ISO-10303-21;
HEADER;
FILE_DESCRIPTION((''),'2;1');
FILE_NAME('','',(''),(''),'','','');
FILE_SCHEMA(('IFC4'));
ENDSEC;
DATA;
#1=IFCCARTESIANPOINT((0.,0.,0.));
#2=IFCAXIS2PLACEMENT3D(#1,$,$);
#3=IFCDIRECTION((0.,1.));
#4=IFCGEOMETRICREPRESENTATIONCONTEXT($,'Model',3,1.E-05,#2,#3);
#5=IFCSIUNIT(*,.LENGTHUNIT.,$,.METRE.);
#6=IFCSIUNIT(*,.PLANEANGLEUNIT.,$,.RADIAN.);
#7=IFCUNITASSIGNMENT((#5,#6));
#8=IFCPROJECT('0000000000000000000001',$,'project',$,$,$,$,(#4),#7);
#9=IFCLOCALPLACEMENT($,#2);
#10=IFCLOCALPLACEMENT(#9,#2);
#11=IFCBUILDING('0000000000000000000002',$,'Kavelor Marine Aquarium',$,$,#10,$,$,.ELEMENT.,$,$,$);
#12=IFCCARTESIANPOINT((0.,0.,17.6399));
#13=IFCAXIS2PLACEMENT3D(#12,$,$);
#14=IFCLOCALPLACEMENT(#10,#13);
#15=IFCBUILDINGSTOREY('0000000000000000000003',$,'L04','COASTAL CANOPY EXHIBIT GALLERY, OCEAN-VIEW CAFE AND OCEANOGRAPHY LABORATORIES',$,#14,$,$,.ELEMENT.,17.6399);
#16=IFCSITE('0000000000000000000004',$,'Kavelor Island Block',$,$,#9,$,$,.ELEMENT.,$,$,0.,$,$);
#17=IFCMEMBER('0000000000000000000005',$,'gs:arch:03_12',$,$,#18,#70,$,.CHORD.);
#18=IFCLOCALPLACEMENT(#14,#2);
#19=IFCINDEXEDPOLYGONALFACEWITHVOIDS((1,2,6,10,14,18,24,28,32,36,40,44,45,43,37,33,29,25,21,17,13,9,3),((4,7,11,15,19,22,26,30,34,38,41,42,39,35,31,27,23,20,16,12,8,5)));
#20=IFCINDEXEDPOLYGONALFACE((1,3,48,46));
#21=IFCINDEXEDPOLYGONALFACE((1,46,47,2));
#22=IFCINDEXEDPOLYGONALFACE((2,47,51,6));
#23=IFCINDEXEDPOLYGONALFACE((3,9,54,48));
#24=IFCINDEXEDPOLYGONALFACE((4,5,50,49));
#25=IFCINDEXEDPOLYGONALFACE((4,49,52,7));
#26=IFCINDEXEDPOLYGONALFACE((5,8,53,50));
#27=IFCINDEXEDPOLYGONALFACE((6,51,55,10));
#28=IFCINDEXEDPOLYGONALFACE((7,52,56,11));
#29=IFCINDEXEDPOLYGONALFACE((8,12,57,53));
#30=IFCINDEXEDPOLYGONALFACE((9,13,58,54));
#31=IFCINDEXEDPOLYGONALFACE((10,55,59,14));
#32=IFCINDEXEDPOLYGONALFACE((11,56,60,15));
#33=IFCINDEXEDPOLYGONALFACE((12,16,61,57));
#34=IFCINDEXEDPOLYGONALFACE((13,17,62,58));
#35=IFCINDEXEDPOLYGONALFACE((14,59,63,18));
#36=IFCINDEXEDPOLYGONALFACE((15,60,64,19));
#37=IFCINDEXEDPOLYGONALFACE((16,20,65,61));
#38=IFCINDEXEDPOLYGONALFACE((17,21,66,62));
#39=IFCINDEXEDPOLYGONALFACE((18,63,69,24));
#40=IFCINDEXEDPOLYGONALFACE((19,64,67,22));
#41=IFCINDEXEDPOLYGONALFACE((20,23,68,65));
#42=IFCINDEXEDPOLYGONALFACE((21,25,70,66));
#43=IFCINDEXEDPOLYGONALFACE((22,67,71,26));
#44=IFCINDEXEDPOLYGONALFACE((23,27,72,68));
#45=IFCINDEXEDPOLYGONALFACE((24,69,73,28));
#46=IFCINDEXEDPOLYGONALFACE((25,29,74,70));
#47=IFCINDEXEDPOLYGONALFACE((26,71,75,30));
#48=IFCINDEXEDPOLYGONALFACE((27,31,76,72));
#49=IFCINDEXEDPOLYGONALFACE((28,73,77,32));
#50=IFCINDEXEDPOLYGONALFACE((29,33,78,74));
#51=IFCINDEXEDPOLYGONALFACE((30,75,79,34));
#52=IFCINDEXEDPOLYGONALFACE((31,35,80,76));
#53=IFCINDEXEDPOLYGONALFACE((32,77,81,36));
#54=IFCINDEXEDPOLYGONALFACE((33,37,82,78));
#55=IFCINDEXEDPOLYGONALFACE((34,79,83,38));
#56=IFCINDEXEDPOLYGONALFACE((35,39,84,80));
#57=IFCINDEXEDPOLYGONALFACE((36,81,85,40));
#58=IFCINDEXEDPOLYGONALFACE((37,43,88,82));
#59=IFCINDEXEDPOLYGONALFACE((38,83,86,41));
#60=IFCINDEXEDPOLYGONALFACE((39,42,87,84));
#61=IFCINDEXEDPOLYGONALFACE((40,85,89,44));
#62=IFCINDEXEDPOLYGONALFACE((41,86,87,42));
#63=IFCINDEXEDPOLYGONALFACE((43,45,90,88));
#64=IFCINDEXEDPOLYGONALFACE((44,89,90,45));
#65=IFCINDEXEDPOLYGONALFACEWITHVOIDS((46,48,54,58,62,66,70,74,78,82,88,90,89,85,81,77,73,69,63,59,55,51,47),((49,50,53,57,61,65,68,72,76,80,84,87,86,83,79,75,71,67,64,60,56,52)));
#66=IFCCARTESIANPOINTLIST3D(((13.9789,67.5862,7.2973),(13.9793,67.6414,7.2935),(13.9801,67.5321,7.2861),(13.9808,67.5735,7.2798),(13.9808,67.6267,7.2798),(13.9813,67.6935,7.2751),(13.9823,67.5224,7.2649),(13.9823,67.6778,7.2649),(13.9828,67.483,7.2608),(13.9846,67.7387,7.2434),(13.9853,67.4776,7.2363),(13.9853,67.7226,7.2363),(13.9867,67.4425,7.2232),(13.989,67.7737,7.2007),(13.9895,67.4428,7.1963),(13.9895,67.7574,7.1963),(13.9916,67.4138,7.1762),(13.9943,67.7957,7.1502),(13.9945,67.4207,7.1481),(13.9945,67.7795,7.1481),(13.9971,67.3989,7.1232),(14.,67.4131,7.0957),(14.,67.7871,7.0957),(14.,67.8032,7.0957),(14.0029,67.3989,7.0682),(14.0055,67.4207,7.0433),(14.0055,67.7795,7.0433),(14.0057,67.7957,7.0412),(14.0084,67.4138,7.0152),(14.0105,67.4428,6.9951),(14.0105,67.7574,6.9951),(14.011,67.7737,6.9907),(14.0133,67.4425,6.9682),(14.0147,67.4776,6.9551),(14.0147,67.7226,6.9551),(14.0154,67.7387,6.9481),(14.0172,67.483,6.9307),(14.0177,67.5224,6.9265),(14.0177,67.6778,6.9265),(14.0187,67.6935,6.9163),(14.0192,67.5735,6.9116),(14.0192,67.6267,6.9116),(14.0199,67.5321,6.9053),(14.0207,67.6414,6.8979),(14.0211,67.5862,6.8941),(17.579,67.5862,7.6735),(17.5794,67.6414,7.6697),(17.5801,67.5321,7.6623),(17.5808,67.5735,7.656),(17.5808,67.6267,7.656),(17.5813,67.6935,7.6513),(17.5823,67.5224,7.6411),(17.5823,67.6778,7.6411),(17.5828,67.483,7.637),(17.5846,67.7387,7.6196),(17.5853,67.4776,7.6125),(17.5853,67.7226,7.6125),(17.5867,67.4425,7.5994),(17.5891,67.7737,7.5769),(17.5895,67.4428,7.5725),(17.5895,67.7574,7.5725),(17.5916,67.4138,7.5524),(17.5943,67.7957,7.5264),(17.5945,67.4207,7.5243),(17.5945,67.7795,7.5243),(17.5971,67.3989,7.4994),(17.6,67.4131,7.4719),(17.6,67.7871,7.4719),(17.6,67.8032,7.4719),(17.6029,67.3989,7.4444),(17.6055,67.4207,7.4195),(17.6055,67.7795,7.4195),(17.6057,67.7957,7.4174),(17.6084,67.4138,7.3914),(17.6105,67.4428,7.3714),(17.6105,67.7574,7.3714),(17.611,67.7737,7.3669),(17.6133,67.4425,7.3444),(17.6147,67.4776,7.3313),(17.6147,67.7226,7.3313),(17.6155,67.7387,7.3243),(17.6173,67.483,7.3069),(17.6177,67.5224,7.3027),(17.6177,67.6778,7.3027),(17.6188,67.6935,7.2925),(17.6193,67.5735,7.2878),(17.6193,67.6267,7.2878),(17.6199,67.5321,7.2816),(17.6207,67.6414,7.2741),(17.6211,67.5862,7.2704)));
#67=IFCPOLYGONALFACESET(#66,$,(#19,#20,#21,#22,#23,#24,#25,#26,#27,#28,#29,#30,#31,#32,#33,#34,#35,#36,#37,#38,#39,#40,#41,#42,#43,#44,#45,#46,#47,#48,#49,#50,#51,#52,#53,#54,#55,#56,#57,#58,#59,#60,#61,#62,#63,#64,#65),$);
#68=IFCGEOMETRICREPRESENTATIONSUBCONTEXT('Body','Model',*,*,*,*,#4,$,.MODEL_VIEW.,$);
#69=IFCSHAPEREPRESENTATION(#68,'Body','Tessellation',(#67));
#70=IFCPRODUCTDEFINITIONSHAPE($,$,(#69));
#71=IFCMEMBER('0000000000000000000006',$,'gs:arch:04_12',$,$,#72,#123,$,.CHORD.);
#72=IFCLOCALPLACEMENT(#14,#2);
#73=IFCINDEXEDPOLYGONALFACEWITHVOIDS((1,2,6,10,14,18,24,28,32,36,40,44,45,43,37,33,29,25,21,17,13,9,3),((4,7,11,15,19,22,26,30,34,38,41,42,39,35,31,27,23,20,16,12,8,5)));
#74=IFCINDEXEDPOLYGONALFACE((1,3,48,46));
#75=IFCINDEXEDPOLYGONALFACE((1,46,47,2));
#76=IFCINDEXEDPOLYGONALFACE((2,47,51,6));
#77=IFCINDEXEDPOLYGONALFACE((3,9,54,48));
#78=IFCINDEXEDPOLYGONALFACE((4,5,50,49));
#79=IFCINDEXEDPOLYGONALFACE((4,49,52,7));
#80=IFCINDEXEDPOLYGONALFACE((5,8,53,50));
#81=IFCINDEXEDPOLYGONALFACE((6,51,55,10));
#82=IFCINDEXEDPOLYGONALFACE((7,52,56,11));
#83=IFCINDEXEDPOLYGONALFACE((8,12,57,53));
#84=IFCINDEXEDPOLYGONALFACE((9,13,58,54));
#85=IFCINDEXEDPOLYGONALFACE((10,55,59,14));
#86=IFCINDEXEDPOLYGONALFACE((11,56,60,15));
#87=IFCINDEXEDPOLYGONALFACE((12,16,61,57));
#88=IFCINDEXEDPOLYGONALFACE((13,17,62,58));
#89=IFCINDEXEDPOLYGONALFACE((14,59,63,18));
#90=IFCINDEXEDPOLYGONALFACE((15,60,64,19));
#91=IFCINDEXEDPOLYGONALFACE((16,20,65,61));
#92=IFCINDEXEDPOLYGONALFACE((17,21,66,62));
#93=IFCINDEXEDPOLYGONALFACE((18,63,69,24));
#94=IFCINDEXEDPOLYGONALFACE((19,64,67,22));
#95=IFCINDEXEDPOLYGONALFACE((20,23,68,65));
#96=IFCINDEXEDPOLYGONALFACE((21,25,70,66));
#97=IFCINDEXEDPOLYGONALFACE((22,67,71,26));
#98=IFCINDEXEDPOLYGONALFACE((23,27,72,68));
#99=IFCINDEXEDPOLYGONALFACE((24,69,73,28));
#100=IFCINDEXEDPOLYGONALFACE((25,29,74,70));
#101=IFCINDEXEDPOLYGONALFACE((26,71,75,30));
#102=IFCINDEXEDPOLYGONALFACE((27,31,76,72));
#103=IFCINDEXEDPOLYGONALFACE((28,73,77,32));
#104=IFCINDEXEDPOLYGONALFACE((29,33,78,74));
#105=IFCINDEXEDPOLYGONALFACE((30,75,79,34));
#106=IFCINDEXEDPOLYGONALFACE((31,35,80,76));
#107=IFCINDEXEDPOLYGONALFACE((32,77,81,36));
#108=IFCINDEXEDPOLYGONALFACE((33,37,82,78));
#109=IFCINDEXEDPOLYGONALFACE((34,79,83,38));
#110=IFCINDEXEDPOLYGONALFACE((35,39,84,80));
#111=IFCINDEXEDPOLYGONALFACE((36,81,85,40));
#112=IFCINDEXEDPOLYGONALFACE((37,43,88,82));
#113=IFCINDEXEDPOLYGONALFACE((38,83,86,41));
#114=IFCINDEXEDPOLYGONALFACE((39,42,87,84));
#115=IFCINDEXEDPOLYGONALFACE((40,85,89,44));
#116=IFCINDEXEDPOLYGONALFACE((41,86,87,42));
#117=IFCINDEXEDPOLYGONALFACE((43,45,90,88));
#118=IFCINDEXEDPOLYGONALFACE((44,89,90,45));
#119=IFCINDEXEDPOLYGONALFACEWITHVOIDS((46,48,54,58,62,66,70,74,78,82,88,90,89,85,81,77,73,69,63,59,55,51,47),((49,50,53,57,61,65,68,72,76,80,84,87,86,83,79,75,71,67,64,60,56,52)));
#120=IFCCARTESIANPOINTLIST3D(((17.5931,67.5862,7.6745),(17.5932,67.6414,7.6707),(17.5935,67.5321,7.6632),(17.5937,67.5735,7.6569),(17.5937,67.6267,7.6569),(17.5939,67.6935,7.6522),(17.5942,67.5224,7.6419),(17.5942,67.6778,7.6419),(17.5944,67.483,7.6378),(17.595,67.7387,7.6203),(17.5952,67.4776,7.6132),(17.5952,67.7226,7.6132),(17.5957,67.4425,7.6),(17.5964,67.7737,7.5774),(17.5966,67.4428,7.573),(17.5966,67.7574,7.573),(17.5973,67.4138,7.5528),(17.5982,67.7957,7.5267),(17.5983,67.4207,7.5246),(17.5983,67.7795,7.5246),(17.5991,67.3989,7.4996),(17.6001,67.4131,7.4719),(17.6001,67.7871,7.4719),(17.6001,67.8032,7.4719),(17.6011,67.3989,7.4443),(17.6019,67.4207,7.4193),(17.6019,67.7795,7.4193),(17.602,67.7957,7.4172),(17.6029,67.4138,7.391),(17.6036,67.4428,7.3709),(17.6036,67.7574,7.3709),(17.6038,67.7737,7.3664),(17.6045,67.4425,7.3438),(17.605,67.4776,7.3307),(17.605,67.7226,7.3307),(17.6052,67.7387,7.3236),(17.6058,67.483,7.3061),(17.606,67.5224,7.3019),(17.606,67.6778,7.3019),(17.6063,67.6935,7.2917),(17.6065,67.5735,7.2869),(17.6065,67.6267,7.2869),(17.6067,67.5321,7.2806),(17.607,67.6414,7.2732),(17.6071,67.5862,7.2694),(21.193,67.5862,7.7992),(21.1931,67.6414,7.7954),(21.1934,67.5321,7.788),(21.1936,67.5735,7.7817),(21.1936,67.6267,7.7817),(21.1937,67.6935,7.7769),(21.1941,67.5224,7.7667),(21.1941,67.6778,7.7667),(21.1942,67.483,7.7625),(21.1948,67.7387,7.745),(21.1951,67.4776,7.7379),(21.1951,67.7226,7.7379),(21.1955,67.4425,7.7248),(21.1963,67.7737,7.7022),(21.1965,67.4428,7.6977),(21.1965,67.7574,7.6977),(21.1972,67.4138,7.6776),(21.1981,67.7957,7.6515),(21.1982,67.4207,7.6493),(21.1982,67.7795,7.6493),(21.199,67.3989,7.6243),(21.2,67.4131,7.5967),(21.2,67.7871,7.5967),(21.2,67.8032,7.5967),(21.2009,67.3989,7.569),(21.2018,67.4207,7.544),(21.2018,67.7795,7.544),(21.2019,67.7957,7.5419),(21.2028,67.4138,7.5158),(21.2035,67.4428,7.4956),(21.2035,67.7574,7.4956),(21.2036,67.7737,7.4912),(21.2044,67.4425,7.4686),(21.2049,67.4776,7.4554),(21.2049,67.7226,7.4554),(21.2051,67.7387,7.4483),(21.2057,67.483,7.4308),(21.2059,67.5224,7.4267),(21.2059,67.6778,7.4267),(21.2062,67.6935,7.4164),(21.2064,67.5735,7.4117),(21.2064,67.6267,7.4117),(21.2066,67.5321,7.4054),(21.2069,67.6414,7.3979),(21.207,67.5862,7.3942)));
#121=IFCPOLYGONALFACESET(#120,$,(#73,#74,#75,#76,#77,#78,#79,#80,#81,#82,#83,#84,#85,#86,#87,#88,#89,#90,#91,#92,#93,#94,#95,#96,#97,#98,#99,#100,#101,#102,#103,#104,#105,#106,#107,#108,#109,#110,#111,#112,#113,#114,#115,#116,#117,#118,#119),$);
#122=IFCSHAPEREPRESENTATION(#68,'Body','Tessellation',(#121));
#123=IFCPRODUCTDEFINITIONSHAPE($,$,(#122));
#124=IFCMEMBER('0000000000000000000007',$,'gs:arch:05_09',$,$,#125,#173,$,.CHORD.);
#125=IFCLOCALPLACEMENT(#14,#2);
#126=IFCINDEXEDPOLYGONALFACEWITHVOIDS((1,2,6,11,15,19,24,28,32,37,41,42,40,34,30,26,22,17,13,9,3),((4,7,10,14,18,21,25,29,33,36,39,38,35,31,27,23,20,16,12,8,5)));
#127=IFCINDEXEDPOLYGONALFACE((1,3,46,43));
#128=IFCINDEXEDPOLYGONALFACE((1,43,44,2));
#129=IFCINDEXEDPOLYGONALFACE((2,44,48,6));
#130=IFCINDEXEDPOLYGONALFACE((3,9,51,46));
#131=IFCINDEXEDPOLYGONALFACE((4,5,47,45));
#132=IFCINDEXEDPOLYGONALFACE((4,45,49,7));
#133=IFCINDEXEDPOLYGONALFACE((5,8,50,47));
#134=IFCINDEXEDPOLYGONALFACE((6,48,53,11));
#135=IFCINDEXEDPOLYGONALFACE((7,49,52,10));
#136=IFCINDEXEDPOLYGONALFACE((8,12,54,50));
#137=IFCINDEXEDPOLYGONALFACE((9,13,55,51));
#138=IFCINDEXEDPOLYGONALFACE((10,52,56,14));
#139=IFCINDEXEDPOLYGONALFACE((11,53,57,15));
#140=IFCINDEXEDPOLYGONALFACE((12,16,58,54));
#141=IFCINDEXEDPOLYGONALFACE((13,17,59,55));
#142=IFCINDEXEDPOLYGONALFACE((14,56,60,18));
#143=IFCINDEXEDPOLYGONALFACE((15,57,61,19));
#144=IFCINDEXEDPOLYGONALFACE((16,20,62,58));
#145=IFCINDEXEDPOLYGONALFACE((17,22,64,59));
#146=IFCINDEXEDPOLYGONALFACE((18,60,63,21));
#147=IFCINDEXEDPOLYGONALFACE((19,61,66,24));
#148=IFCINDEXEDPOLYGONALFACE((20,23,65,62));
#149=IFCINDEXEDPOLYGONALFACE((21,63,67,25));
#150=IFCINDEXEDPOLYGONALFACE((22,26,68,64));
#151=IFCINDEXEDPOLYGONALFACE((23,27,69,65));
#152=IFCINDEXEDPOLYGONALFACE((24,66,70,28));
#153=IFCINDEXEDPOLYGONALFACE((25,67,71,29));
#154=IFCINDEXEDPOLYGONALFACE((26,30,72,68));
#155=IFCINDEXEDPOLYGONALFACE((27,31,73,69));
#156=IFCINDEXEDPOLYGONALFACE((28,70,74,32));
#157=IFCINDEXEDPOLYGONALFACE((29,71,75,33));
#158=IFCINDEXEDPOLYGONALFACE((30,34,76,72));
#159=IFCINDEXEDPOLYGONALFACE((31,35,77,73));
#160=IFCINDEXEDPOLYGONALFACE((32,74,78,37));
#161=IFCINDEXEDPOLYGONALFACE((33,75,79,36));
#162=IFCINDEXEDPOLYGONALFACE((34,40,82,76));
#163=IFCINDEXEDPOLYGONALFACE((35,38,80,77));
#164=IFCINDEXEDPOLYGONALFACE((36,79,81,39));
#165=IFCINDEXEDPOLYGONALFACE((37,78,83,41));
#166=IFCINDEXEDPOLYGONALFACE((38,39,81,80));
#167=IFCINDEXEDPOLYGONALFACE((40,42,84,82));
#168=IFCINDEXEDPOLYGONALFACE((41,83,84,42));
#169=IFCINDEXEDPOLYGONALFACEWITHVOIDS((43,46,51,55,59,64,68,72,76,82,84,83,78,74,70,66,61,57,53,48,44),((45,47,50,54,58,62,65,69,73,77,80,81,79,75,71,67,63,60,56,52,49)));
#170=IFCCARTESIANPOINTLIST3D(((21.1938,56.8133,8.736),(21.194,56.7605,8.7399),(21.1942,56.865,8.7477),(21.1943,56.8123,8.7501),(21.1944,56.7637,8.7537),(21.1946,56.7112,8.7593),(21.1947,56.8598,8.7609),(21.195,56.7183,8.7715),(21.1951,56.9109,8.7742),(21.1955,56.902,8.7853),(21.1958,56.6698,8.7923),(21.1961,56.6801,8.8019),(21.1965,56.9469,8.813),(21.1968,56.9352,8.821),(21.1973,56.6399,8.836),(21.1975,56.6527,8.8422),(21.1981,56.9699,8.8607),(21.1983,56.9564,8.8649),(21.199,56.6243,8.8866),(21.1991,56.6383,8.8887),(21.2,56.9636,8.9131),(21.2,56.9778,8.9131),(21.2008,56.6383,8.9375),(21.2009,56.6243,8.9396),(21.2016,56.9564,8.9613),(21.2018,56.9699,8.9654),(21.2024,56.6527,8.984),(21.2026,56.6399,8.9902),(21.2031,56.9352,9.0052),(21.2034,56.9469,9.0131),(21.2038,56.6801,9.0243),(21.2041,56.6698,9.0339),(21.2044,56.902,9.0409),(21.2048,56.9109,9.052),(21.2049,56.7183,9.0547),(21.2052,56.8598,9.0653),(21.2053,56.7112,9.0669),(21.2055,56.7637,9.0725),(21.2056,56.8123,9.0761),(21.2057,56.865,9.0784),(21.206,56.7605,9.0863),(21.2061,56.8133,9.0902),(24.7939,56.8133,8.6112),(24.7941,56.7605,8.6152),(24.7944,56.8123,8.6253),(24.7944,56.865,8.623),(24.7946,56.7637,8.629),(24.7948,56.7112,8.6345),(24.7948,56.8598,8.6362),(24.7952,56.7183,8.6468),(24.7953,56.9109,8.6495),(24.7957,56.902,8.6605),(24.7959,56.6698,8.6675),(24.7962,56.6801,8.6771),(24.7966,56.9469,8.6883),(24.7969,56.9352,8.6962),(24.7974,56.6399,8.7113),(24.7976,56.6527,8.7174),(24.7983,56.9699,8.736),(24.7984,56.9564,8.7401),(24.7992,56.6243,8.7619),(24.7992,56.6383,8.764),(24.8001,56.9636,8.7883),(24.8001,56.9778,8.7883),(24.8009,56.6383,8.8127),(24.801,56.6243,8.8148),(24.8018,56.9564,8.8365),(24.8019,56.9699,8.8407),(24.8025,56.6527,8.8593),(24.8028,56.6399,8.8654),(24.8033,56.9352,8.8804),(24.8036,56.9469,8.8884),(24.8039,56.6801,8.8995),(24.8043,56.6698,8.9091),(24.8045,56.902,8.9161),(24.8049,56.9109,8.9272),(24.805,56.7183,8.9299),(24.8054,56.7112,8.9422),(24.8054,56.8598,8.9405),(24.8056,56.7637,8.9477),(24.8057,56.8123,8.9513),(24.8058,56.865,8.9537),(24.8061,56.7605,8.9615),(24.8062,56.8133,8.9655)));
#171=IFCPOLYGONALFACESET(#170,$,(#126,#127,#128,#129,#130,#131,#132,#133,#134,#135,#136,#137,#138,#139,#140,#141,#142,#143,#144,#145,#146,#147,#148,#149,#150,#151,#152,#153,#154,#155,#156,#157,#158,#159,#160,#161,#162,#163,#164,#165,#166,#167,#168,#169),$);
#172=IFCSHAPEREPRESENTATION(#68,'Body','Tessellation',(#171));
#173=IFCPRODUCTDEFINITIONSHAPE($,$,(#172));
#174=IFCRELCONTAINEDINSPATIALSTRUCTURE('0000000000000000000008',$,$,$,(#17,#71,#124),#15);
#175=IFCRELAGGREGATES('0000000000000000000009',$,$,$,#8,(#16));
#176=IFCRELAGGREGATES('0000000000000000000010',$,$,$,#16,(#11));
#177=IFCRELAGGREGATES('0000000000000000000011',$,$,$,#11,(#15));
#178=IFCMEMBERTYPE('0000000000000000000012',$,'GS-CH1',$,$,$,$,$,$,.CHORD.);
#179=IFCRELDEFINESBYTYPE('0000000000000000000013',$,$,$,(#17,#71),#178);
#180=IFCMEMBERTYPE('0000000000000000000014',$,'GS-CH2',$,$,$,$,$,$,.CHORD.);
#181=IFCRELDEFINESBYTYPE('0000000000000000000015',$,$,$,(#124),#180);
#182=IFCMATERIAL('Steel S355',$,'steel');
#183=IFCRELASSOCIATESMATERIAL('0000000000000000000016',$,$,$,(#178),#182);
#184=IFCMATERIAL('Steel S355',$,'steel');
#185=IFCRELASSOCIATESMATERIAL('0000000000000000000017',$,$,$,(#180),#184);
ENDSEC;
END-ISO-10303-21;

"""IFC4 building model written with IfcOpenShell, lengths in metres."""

from ifc_helpers import new_model, si_unit, direction, frame, origin, origin_2d, place, context, subcontext, project, spatial, hollow_circle, extrude, material, material_profile, profile_set, type_object, element, save


model = new_model("IFC4")

# Units and contexts
model_context = context("Model", 3, precision=1e-05, world=origin(), true_north=direction((0.0, 1.0)))
body_context = subcontext(model_context, "Body", "Model", "MODEL_VIEW")
ifc_project = project(units=[si_unit("LENGTHUNIT", "METRE"), si_unit("PLANEANGLEUNIT", "RADIAN")], contexts=[model_context])

# Site, building, storey
site_placement = place(None, origin())
site = spatial("IfcSite", under=ifc_project, at=site_placement, Name="Kavelor Island Block", CompositionType="ELEMENT", RefElevation=0.0)
building_placement = place(site_placement, origin())
building = spatial("IfcBuilding", under=site, at=building_placement, Name="Kavelor Marine Aquarium", CompositionType="ELEMENT")
storey_placement = place(building_placement, frame((0.0, 0.0, 17.6399)))
storey = spatial("IfcBuildingStorey", under=building, at=storey_placement, Name="L04", Description="COASTAL CANOPY EXHIBIT GALLERY, OCEAN-VIEW CAFE AND OCEANOGRAPHY LABORATORIES", CompositionType="ELEMENT", Elevation=17.6399)

# Members
ifc_material_1 = material(Name="Steel S355", Category="steel")
ifc_material_profile_1 = material_profile(ifc_material_1, hollow_circle(Radius=0.2031, WallThickness=0.0161, at=origin_2d()), Name="CHS 406.4x16.0")
ifc_profile_set_1 = profile_set([ifc_material_profile_1], Name="Steel S355")
member_type_1 = type_object("IfcMemberType", Name="GS-CH1", PredefinedType="CHORD", material=ifc_profile_set_1)
member_1_placement = place(storey_placement, frame((14.0, 67.6001, 7.0957), z_axis=(0.994584, 0.0, 0.103937), x_axis=(0.0, 1.0, 0.0)))
element("IfcMember", 1, at=member_1_placement, inside=storey, type_object=member_type_1, Name="gs:arch:03_12", PredefinedType="CHORD", context=body_context, shape_type="SweptSolid", body=[
    extrude(hollow_circle(Radius=0.2031, WallThickness=0.0161, at=origin_2d()), origin(), (0.0, 0.0, 1.0), 3.6196),
])
member_2_placement = place(storey_placement, frame((17.6001, 67.6001, 7.4719), z_axis=(0.9994, 0.0, 0.034635), x_axis=(0.0, 1.0, 0.0)))
element("IfcMember", 2, at=member_2_placement, inside=storey, type_object=member_type_1, Name="gs:arch:04_12", PredefinedType="CHORD", context=body_context, shape_type="SweptSolid", body=[
    extrude(hollow_circle(Radius=0.2031, WallThickness=0.0161, at=origin_2d()), origin(), (0.0, 0.0, 1.0), 3.6021),
])
ifc_material_2 = material(Name="Steel S355", Category="steel")
ifc_material_profile_2 = material_profile(ifc_material_2, hollow_circle(Radius=0.1777, WallThickness=0.0142, at=origin_2d()), Name="CHS 355.6x14.2")
ifc_profile_set_2 = profile_set([ifc_material_profile_2], Name="Steel S355")
member_type_2 = type_object("IfcMemberType", Name="GS-CH2", PredefinedType="CHORD", material=ifc_profile_set_2)
member_3_placement = place(storey_placement, frame((21.2, 56.8, 8.9131), z_axis=(0.9994, 0.0, -0.034633), x_axis=(0.0, 1.0, 0.0)))
element("IfcMember", 3, at=member_3_placement, inside=storey, type_object=member_type_2, Name="gs:arch:05_09", PredefinedType="CHORD", context=body_context, shape_type="SweptSolid", body=[
    extrude(hollow_circle(Radius=0.1777, WallThickness=0.0142, at=origin_2d()), origin(), (0.0, 0.0, 1.0), 3.6023),
])

save(model, "model.ifc")
